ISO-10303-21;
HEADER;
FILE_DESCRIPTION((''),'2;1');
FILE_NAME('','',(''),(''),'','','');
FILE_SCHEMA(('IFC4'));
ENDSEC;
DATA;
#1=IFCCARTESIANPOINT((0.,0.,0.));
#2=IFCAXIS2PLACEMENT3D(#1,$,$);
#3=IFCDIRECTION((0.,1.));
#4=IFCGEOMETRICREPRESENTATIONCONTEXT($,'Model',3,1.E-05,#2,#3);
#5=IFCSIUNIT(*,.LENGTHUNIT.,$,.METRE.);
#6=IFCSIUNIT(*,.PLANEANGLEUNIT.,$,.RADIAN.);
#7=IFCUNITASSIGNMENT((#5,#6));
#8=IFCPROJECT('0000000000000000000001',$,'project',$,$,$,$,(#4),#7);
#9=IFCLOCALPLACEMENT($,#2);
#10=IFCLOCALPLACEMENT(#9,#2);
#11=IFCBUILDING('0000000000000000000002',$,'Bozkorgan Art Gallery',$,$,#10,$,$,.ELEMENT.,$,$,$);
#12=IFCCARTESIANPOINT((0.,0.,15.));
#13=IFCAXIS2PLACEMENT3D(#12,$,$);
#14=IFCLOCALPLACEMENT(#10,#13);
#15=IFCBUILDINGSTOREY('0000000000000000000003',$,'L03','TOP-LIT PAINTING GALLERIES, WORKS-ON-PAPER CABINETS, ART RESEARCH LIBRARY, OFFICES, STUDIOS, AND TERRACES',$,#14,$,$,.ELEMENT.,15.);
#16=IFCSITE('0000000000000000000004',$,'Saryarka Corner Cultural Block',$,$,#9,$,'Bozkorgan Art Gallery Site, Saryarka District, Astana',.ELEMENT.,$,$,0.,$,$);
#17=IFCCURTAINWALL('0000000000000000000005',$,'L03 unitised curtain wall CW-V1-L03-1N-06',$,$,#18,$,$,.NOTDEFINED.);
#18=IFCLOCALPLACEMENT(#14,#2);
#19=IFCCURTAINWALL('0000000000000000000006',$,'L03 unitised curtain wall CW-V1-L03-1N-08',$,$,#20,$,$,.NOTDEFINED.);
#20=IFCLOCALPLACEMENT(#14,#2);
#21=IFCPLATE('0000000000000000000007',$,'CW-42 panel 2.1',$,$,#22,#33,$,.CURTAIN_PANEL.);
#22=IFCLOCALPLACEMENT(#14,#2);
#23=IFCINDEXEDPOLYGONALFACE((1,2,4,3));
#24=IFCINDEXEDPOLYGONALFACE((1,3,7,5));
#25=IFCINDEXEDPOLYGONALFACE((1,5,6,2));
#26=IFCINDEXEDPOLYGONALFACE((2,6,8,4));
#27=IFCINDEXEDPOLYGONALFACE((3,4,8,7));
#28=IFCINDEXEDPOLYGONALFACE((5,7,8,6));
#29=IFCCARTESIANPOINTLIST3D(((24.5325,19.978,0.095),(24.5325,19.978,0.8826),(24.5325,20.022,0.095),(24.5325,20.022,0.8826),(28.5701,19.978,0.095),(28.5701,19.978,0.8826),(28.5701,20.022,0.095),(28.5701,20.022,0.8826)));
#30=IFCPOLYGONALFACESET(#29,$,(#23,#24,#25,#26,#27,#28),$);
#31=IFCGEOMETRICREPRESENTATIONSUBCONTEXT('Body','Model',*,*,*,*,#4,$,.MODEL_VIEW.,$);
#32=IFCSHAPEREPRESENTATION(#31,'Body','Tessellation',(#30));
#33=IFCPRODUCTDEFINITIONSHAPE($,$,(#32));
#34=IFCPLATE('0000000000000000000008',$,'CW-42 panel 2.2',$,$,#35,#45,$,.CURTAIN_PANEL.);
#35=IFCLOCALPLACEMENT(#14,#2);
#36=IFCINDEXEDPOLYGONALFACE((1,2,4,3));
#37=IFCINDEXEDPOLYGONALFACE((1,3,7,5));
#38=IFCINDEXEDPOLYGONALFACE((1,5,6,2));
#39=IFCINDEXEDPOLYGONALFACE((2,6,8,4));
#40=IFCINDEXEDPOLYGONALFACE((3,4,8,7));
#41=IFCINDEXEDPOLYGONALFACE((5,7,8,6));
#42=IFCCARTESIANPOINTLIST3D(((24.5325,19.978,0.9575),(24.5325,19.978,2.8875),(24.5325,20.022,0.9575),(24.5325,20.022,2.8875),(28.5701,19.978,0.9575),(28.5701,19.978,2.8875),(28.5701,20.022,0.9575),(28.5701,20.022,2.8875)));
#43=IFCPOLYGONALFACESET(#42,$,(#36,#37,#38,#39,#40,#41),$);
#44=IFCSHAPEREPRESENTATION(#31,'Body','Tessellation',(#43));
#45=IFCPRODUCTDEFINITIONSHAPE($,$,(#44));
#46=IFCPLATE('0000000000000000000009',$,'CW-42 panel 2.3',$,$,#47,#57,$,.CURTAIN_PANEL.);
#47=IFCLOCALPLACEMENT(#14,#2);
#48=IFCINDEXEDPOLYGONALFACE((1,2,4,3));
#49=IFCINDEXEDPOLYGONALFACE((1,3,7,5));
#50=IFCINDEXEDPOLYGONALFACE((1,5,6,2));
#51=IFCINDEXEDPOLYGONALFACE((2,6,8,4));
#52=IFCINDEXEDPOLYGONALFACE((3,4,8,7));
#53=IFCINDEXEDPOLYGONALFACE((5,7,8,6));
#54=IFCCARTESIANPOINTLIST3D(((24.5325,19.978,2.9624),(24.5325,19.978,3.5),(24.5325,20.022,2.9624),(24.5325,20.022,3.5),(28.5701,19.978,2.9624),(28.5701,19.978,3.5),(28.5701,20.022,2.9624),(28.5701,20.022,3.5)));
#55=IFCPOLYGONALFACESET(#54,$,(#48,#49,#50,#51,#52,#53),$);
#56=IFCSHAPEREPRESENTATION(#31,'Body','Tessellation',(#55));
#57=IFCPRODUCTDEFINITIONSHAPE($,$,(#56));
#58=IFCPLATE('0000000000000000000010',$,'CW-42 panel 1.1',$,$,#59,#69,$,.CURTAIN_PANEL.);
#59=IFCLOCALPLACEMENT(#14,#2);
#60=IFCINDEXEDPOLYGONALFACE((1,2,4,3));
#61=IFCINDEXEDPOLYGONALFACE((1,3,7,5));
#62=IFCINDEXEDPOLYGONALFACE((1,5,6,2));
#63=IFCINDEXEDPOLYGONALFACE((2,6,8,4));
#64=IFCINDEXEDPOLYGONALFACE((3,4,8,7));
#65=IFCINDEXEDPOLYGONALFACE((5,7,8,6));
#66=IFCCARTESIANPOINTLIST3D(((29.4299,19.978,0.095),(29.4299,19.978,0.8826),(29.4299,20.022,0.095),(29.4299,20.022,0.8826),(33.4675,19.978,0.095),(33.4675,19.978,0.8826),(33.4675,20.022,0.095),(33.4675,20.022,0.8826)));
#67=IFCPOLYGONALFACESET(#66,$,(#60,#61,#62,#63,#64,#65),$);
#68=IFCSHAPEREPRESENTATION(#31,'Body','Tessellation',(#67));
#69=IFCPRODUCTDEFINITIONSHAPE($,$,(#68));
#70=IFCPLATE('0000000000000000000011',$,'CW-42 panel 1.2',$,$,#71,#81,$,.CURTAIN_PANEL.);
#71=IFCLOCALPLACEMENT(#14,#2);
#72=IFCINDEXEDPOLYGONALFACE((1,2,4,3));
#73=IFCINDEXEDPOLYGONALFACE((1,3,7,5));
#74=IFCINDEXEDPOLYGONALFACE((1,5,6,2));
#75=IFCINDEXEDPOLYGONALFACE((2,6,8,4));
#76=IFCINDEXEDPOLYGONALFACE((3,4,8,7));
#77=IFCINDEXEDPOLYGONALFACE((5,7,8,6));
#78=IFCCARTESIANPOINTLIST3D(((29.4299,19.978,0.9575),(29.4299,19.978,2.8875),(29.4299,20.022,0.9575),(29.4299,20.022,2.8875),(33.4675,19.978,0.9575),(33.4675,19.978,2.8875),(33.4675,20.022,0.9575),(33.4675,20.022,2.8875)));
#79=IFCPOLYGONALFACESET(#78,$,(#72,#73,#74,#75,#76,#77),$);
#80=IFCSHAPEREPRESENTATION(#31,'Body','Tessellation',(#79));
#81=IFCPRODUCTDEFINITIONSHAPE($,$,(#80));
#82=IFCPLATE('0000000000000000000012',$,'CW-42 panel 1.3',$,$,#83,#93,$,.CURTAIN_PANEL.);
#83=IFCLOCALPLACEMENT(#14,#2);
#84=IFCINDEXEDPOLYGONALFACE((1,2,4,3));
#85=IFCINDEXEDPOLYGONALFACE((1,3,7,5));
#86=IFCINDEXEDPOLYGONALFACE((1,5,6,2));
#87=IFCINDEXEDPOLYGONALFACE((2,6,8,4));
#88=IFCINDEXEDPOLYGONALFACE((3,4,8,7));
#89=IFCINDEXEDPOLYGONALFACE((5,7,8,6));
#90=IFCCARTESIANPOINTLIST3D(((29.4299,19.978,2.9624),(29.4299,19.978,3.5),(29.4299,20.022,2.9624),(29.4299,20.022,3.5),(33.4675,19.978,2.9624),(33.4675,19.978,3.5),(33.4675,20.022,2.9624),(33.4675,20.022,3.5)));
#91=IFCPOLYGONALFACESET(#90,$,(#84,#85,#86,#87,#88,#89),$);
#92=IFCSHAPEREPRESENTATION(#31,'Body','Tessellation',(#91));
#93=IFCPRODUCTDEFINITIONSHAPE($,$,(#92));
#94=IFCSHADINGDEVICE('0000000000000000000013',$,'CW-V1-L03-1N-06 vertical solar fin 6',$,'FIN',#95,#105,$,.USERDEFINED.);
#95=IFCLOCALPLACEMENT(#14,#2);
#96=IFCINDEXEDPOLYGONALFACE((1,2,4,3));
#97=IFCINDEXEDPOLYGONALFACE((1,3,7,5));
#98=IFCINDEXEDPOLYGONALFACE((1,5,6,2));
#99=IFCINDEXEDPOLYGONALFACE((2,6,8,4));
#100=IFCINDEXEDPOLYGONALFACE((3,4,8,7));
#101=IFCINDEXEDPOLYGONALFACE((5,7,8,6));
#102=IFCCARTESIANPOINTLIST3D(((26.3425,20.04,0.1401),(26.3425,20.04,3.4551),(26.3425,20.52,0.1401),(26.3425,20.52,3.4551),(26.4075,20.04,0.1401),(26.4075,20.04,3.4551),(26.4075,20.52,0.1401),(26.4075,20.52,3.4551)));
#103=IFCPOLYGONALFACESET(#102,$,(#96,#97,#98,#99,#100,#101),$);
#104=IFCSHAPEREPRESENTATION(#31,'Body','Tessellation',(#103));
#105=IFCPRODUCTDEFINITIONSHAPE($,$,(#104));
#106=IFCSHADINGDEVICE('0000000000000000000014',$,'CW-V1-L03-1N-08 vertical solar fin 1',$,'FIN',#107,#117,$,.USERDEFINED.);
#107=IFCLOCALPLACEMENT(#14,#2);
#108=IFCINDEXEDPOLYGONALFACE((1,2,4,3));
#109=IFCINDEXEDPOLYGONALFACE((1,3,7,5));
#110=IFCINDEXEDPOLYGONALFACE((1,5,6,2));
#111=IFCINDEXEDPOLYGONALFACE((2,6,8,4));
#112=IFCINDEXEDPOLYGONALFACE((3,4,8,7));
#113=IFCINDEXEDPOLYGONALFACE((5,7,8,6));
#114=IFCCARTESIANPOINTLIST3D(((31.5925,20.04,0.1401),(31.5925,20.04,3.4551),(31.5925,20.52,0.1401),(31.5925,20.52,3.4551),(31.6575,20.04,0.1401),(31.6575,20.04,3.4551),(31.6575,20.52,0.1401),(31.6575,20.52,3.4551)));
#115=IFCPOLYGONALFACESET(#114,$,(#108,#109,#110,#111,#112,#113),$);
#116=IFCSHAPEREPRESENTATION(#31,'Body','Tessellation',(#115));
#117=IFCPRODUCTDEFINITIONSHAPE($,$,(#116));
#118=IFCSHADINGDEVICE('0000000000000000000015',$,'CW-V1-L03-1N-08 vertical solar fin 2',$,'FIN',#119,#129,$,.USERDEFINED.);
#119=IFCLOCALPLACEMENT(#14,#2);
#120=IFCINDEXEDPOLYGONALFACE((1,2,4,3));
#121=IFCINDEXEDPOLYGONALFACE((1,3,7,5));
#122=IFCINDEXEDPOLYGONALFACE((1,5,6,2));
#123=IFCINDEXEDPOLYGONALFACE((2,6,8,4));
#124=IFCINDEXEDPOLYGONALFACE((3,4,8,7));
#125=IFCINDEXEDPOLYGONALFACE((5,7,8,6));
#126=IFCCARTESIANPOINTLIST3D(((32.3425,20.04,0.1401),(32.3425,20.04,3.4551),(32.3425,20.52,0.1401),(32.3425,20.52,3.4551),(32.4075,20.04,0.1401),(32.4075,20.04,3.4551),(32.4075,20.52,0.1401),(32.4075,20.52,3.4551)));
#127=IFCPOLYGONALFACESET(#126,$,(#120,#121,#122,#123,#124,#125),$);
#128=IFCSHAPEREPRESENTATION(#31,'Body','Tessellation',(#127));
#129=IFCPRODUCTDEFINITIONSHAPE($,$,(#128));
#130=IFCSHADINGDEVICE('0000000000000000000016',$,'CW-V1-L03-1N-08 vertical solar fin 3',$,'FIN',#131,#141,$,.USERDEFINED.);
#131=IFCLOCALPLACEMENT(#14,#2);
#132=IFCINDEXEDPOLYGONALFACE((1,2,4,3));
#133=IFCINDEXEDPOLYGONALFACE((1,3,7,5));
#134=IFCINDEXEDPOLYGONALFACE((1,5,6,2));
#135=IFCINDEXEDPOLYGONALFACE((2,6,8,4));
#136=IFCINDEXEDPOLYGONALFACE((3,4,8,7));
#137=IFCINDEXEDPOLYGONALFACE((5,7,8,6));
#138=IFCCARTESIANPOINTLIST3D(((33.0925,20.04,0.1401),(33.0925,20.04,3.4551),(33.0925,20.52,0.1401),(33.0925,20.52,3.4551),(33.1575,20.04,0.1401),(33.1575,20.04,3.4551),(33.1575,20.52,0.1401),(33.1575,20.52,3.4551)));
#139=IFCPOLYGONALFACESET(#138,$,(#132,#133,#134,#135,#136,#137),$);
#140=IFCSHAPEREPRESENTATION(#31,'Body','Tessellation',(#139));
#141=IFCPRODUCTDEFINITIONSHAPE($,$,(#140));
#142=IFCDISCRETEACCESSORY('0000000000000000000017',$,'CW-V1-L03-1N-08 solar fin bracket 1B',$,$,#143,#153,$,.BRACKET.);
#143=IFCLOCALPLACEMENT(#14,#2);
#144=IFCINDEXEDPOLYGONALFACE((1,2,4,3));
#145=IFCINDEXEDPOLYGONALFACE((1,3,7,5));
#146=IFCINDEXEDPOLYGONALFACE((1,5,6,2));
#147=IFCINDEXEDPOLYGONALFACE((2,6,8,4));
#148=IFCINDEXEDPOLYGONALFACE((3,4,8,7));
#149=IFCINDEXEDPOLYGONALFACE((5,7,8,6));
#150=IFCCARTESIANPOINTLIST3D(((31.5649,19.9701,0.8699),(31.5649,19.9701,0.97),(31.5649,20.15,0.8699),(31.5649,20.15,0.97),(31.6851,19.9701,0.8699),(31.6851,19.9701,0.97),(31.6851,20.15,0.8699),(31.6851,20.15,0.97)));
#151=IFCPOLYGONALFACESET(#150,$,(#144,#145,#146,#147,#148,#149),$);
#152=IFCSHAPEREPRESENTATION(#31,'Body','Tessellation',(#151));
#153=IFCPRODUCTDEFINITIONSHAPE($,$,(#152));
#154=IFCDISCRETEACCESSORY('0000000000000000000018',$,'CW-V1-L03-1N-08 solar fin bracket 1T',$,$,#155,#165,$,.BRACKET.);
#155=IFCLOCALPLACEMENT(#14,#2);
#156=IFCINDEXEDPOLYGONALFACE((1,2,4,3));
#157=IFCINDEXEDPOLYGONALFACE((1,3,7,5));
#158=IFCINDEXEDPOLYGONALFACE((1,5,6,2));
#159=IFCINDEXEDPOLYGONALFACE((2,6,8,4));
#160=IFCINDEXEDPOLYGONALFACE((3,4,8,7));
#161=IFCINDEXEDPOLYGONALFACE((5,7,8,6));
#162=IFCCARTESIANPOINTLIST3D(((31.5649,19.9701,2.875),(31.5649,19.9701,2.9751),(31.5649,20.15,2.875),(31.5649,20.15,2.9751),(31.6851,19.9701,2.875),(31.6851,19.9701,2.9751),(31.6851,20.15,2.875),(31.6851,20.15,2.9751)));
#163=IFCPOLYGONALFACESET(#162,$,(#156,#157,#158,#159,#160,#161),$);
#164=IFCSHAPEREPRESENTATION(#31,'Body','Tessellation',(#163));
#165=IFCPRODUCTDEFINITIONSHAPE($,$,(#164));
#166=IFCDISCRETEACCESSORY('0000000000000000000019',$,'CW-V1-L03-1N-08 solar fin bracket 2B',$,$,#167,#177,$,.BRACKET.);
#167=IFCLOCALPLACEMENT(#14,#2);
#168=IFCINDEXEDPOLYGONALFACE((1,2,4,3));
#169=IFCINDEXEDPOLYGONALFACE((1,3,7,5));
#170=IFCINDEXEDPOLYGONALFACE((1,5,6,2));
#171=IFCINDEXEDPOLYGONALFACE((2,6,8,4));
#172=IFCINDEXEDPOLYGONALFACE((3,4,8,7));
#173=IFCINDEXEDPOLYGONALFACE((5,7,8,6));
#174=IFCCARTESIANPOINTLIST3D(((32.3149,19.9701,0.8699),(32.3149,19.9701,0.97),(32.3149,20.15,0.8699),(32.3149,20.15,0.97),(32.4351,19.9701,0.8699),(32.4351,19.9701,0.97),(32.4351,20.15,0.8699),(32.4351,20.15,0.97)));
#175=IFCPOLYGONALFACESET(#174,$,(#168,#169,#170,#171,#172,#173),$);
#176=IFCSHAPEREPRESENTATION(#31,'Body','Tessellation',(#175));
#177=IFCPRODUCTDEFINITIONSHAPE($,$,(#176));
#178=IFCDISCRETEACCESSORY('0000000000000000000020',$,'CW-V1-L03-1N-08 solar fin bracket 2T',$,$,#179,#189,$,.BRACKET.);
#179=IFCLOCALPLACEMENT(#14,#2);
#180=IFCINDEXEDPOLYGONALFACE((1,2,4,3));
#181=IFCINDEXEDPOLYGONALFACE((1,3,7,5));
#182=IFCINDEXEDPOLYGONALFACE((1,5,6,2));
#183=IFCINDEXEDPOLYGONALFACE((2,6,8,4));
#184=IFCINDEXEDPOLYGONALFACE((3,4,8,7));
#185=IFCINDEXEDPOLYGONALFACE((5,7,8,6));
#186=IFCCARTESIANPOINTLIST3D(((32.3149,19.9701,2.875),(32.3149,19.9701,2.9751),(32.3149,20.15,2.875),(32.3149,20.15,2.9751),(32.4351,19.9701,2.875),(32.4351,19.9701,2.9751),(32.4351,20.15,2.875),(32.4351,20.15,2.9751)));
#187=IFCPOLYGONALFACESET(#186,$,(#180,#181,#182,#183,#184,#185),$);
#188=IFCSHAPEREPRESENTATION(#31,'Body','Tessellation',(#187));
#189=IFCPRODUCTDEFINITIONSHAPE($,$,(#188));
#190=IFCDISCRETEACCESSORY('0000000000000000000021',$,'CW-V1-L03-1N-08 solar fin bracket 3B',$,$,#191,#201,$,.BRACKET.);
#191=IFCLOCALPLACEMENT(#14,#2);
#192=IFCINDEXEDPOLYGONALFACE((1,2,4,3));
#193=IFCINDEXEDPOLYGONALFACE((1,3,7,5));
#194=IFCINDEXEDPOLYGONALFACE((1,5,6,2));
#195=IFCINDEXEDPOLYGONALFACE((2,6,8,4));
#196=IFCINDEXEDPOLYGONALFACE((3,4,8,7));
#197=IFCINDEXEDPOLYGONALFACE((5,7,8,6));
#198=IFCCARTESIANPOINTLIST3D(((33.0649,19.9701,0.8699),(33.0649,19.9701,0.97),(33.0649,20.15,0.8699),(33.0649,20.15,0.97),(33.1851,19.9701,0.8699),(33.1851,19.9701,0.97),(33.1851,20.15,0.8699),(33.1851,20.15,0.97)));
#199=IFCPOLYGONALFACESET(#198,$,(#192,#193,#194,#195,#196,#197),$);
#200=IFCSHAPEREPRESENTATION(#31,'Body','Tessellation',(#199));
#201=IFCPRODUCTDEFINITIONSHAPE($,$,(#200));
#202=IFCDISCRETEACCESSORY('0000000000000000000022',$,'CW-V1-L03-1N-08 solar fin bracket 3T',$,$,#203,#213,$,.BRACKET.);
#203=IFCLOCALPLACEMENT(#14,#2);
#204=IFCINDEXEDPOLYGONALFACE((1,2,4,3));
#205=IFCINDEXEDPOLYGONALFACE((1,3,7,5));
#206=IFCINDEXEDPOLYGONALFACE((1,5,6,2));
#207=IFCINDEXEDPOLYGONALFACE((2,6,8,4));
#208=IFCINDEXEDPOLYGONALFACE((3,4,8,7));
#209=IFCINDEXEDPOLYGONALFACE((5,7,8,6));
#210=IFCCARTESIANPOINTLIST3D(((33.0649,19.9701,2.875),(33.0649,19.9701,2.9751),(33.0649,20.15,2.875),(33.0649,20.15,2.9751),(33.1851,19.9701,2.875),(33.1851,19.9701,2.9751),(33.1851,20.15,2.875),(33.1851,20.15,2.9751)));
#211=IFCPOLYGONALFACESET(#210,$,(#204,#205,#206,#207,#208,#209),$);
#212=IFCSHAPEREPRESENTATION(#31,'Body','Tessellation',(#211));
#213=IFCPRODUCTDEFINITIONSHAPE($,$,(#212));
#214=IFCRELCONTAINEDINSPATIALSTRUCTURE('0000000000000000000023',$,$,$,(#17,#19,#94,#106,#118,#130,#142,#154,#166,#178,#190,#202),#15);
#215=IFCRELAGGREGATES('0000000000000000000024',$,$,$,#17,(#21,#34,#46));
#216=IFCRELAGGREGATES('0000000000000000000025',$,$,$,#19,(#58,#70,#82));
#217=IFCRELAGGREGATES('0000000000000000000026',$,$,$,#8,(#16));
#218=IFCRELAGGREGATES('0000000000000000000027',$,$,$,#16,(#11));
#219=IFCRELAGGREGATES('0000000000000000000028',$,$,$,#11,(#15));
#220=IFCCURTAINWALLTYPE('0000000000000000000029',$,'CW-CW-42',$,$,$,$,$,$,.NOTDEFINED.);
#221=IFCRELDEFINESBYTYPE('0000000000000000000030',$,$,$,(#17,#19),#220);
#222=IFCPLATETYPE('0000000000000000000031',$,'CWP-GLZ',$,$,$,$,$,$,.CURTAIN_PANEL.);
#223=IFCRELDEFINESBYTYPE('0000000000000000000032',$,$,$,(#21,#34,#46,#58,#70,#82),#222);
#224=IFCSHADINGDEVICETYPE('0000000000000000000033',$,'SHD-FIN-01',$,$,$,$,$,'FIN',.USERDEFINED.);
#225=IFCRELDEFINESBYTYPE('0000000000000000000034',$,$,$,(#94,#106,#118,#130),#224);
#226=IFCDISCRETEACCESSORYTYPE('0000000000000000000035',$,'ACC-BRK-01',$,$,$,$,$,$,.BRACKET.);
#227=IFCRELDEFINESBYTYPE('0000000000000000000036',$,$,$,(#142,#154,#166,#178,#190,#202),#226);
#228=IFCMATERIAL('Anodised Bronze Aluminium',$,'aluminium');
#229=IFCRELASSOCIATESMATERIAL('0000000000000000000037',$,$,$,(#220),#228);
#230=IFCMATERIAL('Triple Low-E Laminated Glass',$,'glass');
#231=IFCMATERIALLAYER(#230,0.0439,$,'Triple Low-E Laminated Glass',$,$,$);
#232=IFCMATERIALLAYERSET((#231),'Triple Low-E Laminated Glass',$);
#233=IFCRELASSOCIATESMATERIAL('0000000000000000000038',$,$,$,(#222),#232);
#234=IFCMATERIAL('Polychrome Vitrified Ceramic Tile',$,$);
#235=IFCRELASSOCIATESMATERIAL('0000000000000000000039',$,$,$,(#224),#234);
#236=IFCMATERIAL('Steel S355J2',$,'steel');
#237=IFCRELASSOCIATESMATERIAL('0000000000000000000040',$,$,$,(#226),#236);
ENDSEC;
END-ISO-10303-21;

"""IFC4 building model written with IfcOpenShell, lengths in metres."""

from ifc_helpers import new_model, si_unit, direction, frame, origin, origin_2d, place, context, subcontext, project, spatial, rectangle, extrude, material, layer, layer_set, type_object, element, aggregate, save


model = new_model("IFC4")

# Units and contexts
model_context = context("Model", 3, precision=1e-05, world=origin(), true_north=direction((0.0, 1.0)))
body_context = subcontext(model_context, "Body", "Model", "MODEL_VIEW")
ifc_project = project(units=[si_unit("LENGTHUNIT", "METRE"), si_unit("PLANEANGLEUNIT", "RADIAN")], contexts=[model_context])

# Site, building, storey
site_placement = place(None, origin())
site = spatial("IfcSite", under=ifc_project, at=site_placement, Name="Saryarka Corner Cultural Block", LongName="Bozkorgan Art Gallery Site, Saryarka District, Astana", CompositionType="ELEMENT", RefElevation=0.0)
building_placement = place(site_placement, origin())
building = spatial("IfcBuilding", under=site, at=building_placement, Name="Bozkorgan Art Gallery", CompositionType="ELEMENT")
storey_placement = place(building_placement, frame((0.0, 0.0, 15.0)))
storey = spatial("IfcBuildingStorey", under=building, at=storey_placement, Name="L03", Description="TOP-LIT PAINTING GALLERIES, WORKS-ON-PAPER CABINETS, ART RESEARCH LIBRARY, OFFICES, STUDIOS, AND TERRACES", CompositionType="ELEMENT", Elevation=15.0)

# Shared definitions
ifc_material_1 = material(Name="Steel S355J2", Category="steel")

# Curtain wall
ifc_material_2 = material(Name="Anodised Bronze Aluminium", Category="aluminium")
curtain_wall_type = type_object("IfcCurtainWallType", Name="CW-CW-42", PredefinedType="NOTDEFINED", material=ifc_material_2)
curtain_wall_1_placement = place(storey_placement, origin())
curtain_wall_1 = element("IfcCurtainWall", 1, at=curtain_wall_1_placement, inside=storey, type_object=curtain_wall_type, Name="L03 unitised curtain wall CW-V1-L03-1N-06", PredefinedType="NOTDEFINED")

# Curtain wall
curtain_wall_2_placement = place(storey_placement, origin())
curtain_wall_2 = element("IfcCurtainWall", 2, at=curtain_wall_2_placement, inside=storey, type_object=curtain_wall_type, Name="L03 unitised curtain wall CW-V1-L03-1N-08", PredefinedType="NOTDEFINED")

# Plates
ifc_material_3 = material(Name="Triple Low-E Laminated Glass", Category="glass")
ifc_layer = layer(ifc_material_3, 0.0439, Name="Triple Low-E Laminated Glass")
ifc_layer_set = layer_set([ifc_layer], Name="Triple Low-E Laminated Glass")
plate_type = type_object("IfcPlateType", Name="CWP-GLZ", PredefinedType="CURTAIN_PANEL", material=ifc_layer_set)
plate_1_placement = place(storey_placement, frame((26.5513, 20.0, 0.095), z_axis=(0.0, 0.0, 1.0), x_axis=(1.0, 0.0, 0.0)))
plate_1 = element("IfcPlate", 3, at=plate_1_placement, type_object=plate_type, Name="CW-42 panel 2.1", PredefinedType="CURTAIN_PANEL", context=body_context, shape_type="SweptSolid", body=[
    extrude(rectangle(XDim=4.0376, YDim=0.0439, at=origin_2d()), origin(), (0.0, 0.0, 1.0), 0.7876),
])
plate_2_placement = place(storey_placement, frame((26.5513, 20.0, 0.9575), z_axis=(0.0, 0.0, 1.0), x_axis=(1.0, 0.0, 0.0)))
plate_2 = element("IfcPlate", 4, at=plate_2_placement, type_object=plate_type, Name="CW-42 panel 2.2", PredefinedType="CURTAIN_PANEL", context=body_context, shape_type="SweptSolid", body=[
    extrude(rectangle(XDim=4.0376, YDim=0.0439, at=origin_2d()), origin(), (0.0, 0.0, 1.0), 1.9299),
])
plate_3_placement = place(storey_placement, frame((26.5513, 20.0, 2.9624), z_axis=(0.0, 0.0, 1.0), x_axis=(1.0, 0.0, 0.0)))
plate_3 = element("IfcPlate", 5, at=plate_3_placement, type_object=plate_type, Name="CW-42 panel 2.3", PredefinedType="CURTAIN_PANEL", context=body_context, shape_type="SweptSolid", body=[
    extrude(rectangle(XDim=4.0376, YDim=0.0439, at=origin_2d()), origin(), (0.0, 0.0, 1.0), 0.5376),
])
aggregate(curtain_wall_1, [plate_1, plate_2, plate_3])
plate_4_placement = place(storey_placement, frame((31.4487, 20.0, 0.095), z_axis=(0.0, 0.0, 1.0), x_axis=(1.0, 0.0, 0.0)))
plate_4 = element("IfcPlate", 6, at=plate_4_placement, type_object=plate_type, Name="CW-42 panel 1.1", PredefinedType="CURTAIN_PANEL", context=body_context, shape_type="SweptSolid", body=[
    extrude(rectangle(XDim=4.0376, YDim=0.0439, at=origin_2d()), origin(), (0.0, 0.0, 1.0), 0.7876),
])
plate_5_placement = place(storey_placement, frame((31.4487, 20.0, 0.9575), z_axis=(0.0, 0.0, 1.0), x_axis=(1.0, 0.0, 0.0)))
plate_5 = element("IfcPlate", 7, at=plate_5_placement, type_object=plate_type, Name="CW-42 panel 1.2", PredefinedType="CURTAIN_PANEL", context=body_context, shape_type="SweptSolid", body=[
    extrude(rectangle(XDim=4.0376, YDim=0.0439, at=origin_2d()), origin(), (0.0, 0.0, 1.0), 1.9299),
])
plate_6_placement = place(storey_placement, frame((31.4487, 20.0, 2.9624), z_axis=(0.0, 0.0, 1.0), x_axis=(1.0, 0.0, 0.0)))
plate_6 = element("IfcPlate", 8, at=plate_6_placement, type_object=plate_type, Name="CW-42 panel 1.3", PredefinedType="CURTAIN_PANEL", context=body_context, shape_type="SweptSolid", body=[
    extrude(rectangle(XDim=4.0376, YDim=0.0439, at=origin_2d()), origin(), (0.0, 0.0, 1.0), 0.5376),
])
aggregate(curtain_wall_2, [plate_4, plate_5, plate_6])

# Shading devices
ifc_material_4 = material(Name="Polychrome Vitrified Ceramic Tile")
shading_device_type = type_object("IfcShadingDeviceType", Name="SHD-FIN-01", ElementType="FIN", PredefinedType="USERDEFINED", material=ifc_material_4)
for number, where, z_axis, x_axis, name in (
    (9, (26.375, 20.28, 0.1401), (0.0, 0.0, 1.0), (0.0, 1.0, 0.0), "CW-V1-L03-1N-06 vertical solar fin 6"),
    (10, (31.625, 20.28, 0.1401), (0.0, 0.0, 1.0), (0.0, 1.0, 0.0), "CW-V1-L03-1N-08 vertical solar fin 1"),
    (11, (32.375, 20.28, 0.1401), (0.0, 0.0, 1.0), (0.0, 1.0, 0.0), "CW-V1-L03-1N-08 vertical solar fin 2"),
    (12, (33.125, 20.28, 0.1401), (0.0, 0.0, 1.0), (0.0, 1.0, 0.0), "CW-V1-L03-1N-08 vertical solar fin 3"),
):
    element("IfcShadingDevice", number, at=place(storey_placement, frame(where, z_axis=z_axis, x_axis=x_axis)), inside=storey, type_object=shading_device_type, Name=name, ObjectType="FIN", PredefinedType="USERDEFINED", context=body_context, shape_type="SweptSolid", body=[
        extrude(rectangle(XDim=0.48, YDim=0.0649, at=origin_2d()), origin(), (0.0, 0.0, 1.0), 3.3149),
    ])

# Discrete accessories
discrete_accessory_type = type_object("IfcDiscreteAccessoryType", Name="ACC-BRK-01", PredefinedType="BRACKET", material=ifc_material_1)
for number, where, z_axis, x_axis, name in (
    (13, (31.625, 20.0601, 0.8699), (0.0, 0.0, 1.0), (0.0, 1.0, 0.0), "CW-V1-L03-1N-08 solar fin bracket 1B"),
    (14, (31.625, 20.0601, 2.875), (0.0, 0.0, 1.0), (0.0, 1.0, 0.0), "CW-V1-L03-1N-08 solar fin bracket 1T"),
    (15, (32.375, 20.0601, 0.8699), (0.0, 0.0, 1.0), (0.0, 1.0, 0.0), "CW-V1-L03-1N-08 solar fin bracket 2B"),
    (16, (32.375, 20.0601, 2.875), (0.0, 0.0, 1.0), (0.0, 1.0, 0.0), "CW-V1-L03-1N-08 solar fin bracket 2T"),
    (17, (33.125, 20.0601, 0.8699), (0.0, 0.0, 1.0), (0.0, 1.0, 0.0), "CW-V1-L03-1N-08 solar fin bracket 3B"),
    (18, (33.125, 20.0601, 2.875), (0.0, 0.0, 1.0), (0.0, 1.0, 0.0), "CW-V1-L03-1N-08 solar fin bracket 3T"),
):
    element("IfcDiscreteAccessory", number, at=place(storey_placement, frame(where, z_axis=z_axis, x_axis=x_axis)), inside=storey, type_object=discrete_accessory_type, Name=name, PredefinedType="BRACKET", context=body_context, shape_type="SweptSolid", body=[
        extrude(rectangle(XDim=0.1799, YDim=0.1201, at=origin_2d()), origin(), (0.0, 0.0, 1.0), 0.1001),
    ])

save(model, "model.ifc")
